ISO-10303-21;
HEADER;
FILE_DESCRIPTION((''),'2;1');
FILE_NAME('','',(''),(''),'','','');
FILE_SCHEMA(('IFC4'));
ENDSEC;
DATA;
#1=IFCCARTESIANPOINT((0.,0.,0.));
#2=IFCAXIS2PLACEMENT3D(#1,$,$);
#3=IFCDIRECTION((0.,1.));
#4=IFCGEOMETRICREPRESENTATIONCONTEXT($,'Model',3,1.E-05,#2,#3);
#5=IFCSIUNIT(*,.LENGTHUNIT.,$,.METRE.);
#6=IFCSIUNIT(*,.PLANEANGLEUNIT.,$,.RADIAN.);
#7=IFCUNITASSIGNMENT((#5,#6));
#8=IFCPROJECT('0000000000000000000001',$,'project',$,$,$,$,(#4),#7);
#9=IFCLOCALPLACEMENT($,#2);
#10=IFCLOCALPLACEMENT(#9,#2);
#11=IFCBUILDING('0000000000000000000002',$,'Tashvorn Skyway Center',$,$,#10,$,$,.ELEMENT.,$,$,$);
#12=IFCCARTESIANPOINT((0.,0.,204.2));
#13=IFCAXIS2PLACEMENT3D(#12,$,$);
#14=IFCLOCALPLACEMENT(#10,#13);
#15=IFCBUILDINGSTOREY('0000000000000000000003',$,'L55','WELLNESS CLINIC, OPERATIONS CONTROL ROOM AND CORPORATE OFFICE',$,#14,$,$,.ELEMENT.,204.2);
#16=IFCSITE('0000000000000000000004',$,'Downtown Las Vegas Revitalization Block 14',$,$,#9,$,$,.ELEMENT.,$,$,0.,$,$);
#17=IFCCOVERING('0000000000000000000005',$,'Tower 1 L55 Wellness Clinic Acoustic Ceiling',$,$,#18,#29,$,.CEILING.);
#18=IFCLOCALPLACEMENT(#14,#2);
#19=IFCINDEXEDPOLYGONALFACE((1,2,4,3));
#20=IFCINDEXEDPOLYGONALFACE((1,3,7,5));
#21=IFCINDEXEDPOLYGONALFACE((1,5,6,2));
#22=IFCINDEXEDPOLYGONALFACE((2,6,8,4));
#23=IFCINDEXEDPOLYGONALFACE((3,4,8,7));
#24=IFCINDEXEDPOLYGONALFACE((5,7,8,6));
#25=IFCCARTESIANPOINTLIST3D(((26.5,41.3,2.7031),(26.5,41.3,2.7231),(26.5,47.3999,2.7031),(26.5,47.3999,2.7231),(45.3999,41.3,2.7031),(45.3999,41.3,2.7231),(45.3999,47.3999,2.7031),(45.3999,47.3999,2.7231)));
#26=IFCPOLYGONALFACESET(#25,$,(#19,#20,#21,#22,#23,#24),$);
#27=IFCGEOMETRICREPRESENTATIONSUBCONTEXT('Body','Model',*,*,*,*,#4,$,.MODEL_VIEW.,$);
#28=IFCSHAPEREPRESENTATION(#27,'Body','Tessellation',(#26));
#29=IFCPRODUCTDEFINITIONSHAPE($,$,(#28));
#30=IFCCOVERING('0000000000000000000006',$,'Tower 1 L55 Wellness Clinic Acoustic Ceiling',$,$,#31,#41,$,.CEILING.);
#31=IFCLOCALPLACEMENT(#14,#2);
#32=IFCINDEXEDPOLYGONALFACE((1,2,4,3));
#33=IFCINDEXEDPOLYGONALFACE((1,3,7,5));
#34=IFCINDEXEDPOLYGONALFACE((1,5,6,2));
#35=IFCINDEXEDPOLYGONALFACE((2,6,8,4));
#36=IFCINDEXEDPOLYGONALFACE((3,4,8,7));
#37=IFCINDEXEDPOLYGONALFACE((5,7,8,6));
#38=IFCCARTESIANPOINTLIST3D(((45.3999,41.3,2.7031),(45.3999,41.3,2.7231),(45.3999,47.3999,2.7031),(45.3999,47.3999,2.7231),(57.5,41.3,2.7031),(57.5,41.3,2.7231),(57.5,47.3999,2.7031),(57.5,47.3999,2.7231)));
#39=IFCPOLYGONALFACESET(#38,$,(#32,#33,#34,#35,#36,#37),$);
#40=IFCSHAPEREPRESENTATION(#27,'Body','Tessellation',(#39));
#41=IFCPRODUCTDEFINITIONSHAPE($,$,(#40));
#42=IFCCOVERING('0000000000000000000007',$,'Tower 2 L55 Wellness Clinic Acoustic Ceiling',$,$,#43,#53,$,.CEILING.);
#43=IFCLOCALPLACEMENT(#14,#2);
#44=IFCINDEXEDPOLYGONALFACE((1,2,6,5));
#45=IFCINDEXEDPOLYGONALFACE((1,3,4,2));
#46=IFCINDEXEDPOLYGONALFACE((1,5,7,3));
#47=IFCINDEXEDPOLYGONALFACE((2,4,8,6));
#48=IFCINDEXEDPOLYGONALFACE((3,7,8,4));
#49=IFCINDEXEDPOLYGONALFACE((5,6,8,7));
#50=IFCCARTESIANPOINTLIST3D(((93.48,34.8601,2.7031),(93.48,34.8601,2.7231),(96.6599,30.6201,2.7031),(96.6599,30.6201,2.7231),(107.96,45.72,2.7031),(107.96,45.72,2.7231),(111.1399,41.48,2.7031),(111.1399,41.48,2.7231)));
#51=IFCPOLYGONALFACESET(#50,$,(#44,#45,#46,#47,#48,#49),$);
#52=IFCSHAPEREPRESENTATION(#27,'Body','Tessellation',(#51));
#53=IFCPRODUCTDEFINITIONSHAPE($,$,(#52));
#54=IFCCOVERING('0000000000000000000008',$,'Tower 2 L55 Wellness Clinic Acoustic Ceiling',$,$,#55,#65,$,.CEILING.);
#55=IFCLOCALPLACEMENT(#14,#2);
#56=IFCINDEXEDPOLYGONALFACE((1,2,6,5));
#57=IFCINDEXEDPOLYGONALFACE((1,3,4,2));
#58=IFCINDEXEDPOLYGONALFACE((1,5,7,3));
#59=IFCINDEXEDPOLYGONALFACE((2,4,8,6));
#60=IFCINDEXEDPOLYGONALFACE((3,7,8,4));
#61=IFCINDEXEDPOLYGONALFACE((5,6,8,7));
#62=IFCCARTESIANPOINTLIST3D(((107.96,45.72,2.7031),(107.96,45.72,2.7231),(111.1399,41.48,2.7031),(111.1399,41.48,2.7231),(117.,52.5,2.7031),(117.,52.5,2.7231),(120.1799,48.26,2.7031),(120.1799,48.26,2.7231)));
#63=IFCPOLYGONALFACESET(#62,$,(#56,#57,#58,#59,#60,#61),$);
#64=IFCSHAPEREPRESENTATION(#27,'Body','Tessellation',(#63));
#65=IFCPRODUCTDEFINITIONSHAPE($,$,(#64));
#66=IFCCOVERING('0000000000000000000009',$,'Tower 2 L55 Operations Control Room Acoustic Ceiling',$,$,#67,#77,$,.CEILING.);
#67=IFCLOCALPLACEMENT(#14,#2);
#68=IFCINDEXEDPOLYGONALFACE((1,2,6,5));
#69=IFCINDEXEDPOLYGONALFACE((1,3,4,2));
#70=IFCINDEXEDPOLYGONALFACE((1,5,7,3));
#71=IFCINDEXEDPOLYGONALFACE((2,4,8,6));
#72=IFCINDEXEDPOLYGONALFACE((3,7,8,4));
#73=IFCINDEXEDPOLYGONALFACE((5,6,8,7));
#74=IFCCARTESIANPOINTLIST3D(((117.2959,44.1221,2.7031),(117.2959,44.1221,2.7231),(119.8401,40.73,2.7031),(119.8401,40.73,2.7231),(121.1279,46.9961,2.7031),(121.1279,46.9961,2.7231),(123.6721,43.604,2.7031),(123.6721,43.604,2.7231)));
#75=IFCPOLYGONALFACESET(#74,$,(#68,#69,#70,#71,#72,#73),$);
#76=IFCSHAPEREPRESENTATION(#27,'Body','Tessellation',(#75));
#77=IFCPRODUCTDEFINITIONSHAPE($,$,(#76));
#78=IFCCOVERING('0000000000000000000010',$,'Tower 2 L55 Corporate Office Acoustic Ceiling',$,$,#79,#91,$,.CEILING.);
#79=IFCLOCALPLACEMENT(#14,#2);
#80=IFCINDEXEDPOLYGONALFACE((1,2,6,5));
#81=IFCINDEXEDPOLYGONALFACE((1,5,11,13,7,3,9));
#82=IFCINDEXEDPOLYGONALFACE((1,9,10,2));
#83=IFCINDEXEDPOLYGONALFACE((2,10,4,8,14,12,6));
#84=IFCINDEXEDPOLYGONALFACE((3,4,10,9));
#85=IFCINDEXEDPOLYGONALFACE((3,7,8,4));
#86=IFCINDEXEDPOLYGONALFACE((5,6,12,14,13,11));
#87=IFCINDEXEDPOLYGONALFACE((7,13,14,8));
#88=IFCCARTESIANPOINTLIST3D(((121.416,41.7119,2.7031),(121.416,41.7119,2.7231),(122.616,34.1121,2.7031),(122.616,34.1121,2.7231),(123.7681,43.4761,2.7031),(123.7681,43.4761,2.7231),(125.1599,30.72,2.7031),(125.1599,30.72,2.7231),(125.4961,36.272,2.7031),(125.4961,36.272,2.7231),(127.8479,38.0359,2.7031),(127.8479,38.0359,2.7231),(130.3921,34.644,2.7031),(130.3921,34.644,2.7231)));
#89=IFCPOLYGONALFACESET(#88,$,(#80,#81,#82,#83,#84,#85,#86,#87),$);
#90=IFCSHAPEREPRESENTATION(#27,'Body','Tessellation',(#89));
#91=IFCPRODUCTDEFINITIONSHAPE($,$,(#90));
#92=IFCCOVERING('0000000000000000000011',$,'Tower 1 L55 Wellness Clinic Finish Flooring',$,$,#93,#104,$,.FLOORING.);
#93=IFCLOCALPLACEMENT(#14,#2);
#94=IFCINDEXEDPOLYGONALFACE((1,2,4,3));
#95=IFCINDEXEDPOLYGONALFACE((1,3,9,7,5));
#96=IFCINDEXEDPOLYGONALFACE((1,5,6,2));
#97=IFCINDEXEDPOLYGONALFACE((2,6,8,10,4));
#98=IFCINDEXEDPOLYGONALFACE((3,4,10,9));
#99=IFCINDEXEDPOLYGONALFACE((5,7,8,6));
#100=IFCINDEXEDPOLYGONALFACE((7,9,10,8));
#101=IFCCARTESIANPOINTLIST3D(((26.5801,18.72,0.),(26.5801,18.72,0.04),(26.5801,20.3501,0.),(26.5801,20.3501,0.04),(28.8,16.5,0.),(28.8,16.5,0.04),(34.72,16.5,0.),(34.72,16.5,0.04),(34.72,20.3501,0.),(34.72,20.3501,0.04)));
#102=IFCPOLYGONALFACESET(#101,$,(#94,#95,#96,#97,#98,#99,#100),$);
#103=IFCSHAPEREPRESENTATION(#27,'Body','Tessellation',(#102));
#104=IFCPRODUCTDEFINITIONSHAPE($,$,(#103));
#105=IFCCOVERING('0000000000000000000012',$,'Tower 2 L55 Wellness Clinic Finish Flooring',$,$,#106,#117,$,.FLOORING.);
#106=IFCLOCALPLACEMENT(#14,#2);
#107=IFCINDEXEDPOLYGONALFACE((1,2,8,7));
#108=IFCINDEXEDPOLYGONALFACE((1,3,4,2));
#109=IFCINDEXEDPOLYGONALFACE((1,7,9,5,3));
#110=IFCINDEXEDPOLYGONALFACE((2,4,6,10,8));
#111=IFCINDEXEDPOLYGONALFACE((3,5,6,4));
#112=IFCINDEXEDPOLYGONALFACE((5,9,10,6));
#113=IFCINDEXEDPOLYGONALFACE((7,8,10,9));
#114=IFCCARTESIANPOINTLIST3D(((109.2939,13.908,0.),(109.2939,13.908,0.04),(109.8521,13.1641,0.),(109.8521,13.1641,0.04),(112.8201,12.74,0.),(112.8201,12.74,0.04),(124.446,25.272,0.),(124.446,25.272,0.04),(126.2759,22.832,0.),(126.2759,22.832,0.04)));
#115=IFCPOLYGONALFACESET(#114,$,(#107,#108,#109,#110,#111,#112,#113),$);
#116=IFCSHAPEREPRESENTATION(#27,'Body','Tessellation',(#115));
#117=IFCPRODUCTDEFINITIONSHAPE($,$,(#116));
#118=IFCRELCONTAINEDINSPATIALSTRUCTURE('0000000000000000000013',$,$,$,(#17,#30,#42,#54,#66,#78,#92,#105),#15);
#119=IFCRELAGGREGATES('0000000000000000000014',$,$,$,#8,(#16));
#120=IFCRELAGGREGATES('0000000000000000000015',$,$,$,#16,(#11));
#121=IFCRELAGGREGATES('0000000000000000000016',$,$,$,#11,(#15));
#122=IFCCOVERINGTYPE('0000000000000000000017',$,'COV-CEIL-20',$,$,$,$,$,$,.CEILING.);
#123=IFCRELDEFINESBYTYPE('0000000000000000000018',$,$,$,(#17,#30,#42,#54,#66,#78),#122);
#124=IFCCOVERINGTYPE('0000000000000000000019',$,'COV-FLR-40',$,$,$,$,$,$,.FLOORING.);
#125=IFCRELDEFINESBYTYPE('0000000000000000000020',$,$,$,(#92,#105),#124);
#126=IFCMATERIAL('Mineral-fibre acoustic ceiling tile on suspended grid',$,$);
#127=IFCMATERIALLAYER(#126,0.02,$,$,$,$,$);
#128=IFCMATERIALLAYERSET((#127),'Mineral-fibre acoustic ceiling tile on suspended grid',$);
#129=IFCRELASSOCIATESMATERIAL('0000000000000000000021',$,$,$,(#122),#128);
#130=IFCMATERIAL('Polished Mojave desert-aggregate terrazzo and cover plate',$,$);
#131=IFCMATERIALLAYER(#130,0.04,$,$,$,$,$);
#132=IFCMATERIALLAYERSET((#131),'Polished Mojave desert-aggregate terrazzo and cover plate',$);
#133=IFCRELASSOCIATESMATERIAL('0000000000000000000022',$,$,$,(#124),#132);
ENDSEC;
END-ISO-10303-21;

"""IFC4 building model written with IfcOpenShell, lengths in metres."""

from ifc_helpers import new_model, si_unit, direction, frame, origin, place, context, subcontext, project, spatial, polyline, outline, extrude, material, layer, layer_set, type_object, element, save


model = new_model("IFC4")

# Units and contexts
model_context = context("Model", 3, precision=1e-05, world=origin(), true_north=direction((0.0, 1.0)))
body_context = subcontext(model_context, "Body", "Model", "MODEL_VIEW")
ifc_project = project(units=[si_unit("LENGTHUNIT", "METRE"), si_unit("PLANEANGLEUNIT", "RADIAN")], contexts=[model_context])

# Site, building, storey
site_placement = place(None, origin())
site = spatial("IfcSite", under=ifc_project, at=site_placement, Name="Downtown Las Vegas Revitalization Block 14", CompositionType="ELEMENT", RefElevation=0.0)
building_placement = place(site_placement, origin())
building = spatial("IfcBuilding", under=site, at=building_placement, Name="Tashvorn Skyway Center", CompositionType="ELEMENT")
storey_placement = place(building_placement, frame((0.0, 0.0, 204.2)))
storey = spatial("IfcBuildingStorey", under=building, at=storey_placement, Name="L55", Description="WELLNESS CLINIC, OPERATIONS CONTROL ROOM AND CORPORATE OFFICE", CompositionType="ELEMENT", Elevation=204.2)

# Coverings
ifc_material_1 = material(Name="Mineral-fibre acoustic ceiling tile on suspended grid")
ifc_layer_1 = layer(ifc_material_1, 0.02)
ifc_layer_set_1 = layer_set([ifc_layer_1], Name="Mineral-fibre acoustic ceiling tile on suspended grid")
covering_type_1 = type_object("IfcCoveringType", Name="COV-CEIL-20", PredefinedType="CEILING", material=ifc_layer_set_1)
covering_1_placement = place(storey_placement, frame((0.0, 0.0, 2.7031)))
element("IfcCovering", 1, at=covering_1_placement, inside=storey, type_object=covering_type_1, Name="Tower 1 L55 Wellness Clinic Acoustic Ceiling", PredefinedType="CEILING", context=body_context, shape_type="SweptSolid", body=[
    extrude(outline(polyline([(26.5, 41.3), (45.3999, 41.3), (45.3999, 47.3999), (26.5, 47.3999), (26.5, 41.3)])), origin(), (0.0, 0.0, 1.0), 0.02),
])
covering_2_placement = place(storey_placement, frame((0.0, 0.0, 2.7031)))
element("IfcCovering", 2, at=covering_2_placement, inside=storey, type_object=covering_type_1, Name="Tower 1 L55 Wellness Clinic Acoustic Ceiling", PredefinedType="CEILING", context=body_context, shape_type="SweptSolid", body=[
    extrude(outline(polyline([(45.3999, 41.3), (57.5, 41.3), (57.5, 47.3999), (45.3999, 47.3999), (45.3999, 41.3)])), origin(), (0.0, 0.0, 1.0), 0.02),
])
covering_3_placement = place(storey_placement, frame((0.0, 0.0, 2.7031)))
element("IfcCovering", 3, at=covering_3_placement, inside=storey, type_object=covering_type_1, Name="Tower 2 L55 Wellness Clinic Acoustic Ceiling", PredefinedType="CEILING", context=body_context, shape_type="SweptSolid", body=[
    extrude(outline(polyline([(96.6599, 30.6201), (111.1399, 41.48), (107.96, 45.72), (93.48, 34.8601), (96.6599, 30.6201)])), origin(), (0.0, 0.0, 1.0), 0.02),
])
covering_4_placement = place(storey_placement, frame((0.0, 0.0, 2.7031)))
element("IfcCovering", 4, at=covering_4_placement, inside=storey, type_object=covering_type_1, Name="Tower 2 L55 Wellness Clinic Acoustic Ceiling", PredefinedType="CEILING", context=body_context, shape_type="SweptSolid", body=[
    extrude(outline(polyline([(111.1399, 41.48), (120.1799, 48.26), (117.0, 52.5), (107.96, 45.72), (111.1399, 41.48)])), origin(), (0.0, 0.0, 1.0), 0.02),
])
covering_5_placement = place(storey_placement, frame((0.0, 0.0, 2.7031)))
element("IfcCovering", 5, at=covering_5_placement, inside=storey, type_object=covering_type_1, Name="Tower 2 L55 Operations Control Room Acoustic Ceiling", PredefinedType="CEILING", context=body_context, shape_type="SweptSolid", body=[
    extrude(outline(polyline([(119.8401, 40.73), (117.2959, 44.1221), (121.1279, 46.9961), (123.6721, 43.604), (119.8401, 40.73)])), origin(), (0.0, 0.0, 1.0), 0.02),
])
covering_6_placement = place(storey_placement, frame((0.0, 0.0, 2.7031)))
element("IfcCovering", 6, at=covering_6_placement, inside=storey, type_object=covering_type_1, Name="Tower 2 L55 Corporate Office Acoustic Ceiling", PredefinedType="CEILING", context=body_context, shape_type="SweptSolid", body=[
    extrude(outline(polyline([(125.1599, 30.72), (122.616, 34.1121), (125.4961, 36.272), (121.416, 41.7119), (123.7681, 43.4761), (127.8479, 38.0359), (130.3921, 34.644), (125.1599, 30.72)])), origin(), (0.0, 0.0, 1.0), 0.02),
])
ifc_material_2 = material(Name="Polished Mojave desert-aggregate terrazzo and cover plate")
ifc_layer_2 = layer(ifc_material_2, 0.04)
ifc_layer_set_2 = layer_set([ifc_layer_2], Name="Polished Mojave desert-aggregate terrazzo and cover plate")
covering_type_2 = type_object("IfcCoveringType", Name="COV-FLR-40", PredefinedType="FLOORING", material=ifc_layer_set_2)
covering_7_placement = place(storey_placement, origin())
element("IfcCovering", 7, at=covering_7_placement, inside=storey, type_object=covering_type_2, Name="Tower 1 L55 Wellness Clinic Finish Flooring", PredefinedType="FLOORING", context=body_context, shape_type="SweptSolid", body=[
    extrude(outline(polyline([(28.8, 16.5), (26.5801, 18.72), (26.5801, 20.3501), (34.72, 20.3501), (34.72, 16.5), (28.8, 16.5)])), origin(), (0.0, 0.0, 1.0), 0.04),
])
covering_8_placement = place(storey_placement, origin())
element("IfcCovering", 8, at=covering_8_placement, inside=storey, type_object=covering_type_2, Name="Tower 2 L55 Wellness Clinic Finish Flooring", PredefinedType="FLOORING", context=body_context, shape_type="SweptSolid", body=[
    extrude(outline(polyline([(112.8201, 12.74), (109.8521, 13.1641), (109.2939, 13.908), (124.446, 25.272), (126.2759, 22.832), (112.8201, 12.74)])), origin(), (0.0, 0.0, 1.0), 0.04),
])

save(model, "model.ifc")
